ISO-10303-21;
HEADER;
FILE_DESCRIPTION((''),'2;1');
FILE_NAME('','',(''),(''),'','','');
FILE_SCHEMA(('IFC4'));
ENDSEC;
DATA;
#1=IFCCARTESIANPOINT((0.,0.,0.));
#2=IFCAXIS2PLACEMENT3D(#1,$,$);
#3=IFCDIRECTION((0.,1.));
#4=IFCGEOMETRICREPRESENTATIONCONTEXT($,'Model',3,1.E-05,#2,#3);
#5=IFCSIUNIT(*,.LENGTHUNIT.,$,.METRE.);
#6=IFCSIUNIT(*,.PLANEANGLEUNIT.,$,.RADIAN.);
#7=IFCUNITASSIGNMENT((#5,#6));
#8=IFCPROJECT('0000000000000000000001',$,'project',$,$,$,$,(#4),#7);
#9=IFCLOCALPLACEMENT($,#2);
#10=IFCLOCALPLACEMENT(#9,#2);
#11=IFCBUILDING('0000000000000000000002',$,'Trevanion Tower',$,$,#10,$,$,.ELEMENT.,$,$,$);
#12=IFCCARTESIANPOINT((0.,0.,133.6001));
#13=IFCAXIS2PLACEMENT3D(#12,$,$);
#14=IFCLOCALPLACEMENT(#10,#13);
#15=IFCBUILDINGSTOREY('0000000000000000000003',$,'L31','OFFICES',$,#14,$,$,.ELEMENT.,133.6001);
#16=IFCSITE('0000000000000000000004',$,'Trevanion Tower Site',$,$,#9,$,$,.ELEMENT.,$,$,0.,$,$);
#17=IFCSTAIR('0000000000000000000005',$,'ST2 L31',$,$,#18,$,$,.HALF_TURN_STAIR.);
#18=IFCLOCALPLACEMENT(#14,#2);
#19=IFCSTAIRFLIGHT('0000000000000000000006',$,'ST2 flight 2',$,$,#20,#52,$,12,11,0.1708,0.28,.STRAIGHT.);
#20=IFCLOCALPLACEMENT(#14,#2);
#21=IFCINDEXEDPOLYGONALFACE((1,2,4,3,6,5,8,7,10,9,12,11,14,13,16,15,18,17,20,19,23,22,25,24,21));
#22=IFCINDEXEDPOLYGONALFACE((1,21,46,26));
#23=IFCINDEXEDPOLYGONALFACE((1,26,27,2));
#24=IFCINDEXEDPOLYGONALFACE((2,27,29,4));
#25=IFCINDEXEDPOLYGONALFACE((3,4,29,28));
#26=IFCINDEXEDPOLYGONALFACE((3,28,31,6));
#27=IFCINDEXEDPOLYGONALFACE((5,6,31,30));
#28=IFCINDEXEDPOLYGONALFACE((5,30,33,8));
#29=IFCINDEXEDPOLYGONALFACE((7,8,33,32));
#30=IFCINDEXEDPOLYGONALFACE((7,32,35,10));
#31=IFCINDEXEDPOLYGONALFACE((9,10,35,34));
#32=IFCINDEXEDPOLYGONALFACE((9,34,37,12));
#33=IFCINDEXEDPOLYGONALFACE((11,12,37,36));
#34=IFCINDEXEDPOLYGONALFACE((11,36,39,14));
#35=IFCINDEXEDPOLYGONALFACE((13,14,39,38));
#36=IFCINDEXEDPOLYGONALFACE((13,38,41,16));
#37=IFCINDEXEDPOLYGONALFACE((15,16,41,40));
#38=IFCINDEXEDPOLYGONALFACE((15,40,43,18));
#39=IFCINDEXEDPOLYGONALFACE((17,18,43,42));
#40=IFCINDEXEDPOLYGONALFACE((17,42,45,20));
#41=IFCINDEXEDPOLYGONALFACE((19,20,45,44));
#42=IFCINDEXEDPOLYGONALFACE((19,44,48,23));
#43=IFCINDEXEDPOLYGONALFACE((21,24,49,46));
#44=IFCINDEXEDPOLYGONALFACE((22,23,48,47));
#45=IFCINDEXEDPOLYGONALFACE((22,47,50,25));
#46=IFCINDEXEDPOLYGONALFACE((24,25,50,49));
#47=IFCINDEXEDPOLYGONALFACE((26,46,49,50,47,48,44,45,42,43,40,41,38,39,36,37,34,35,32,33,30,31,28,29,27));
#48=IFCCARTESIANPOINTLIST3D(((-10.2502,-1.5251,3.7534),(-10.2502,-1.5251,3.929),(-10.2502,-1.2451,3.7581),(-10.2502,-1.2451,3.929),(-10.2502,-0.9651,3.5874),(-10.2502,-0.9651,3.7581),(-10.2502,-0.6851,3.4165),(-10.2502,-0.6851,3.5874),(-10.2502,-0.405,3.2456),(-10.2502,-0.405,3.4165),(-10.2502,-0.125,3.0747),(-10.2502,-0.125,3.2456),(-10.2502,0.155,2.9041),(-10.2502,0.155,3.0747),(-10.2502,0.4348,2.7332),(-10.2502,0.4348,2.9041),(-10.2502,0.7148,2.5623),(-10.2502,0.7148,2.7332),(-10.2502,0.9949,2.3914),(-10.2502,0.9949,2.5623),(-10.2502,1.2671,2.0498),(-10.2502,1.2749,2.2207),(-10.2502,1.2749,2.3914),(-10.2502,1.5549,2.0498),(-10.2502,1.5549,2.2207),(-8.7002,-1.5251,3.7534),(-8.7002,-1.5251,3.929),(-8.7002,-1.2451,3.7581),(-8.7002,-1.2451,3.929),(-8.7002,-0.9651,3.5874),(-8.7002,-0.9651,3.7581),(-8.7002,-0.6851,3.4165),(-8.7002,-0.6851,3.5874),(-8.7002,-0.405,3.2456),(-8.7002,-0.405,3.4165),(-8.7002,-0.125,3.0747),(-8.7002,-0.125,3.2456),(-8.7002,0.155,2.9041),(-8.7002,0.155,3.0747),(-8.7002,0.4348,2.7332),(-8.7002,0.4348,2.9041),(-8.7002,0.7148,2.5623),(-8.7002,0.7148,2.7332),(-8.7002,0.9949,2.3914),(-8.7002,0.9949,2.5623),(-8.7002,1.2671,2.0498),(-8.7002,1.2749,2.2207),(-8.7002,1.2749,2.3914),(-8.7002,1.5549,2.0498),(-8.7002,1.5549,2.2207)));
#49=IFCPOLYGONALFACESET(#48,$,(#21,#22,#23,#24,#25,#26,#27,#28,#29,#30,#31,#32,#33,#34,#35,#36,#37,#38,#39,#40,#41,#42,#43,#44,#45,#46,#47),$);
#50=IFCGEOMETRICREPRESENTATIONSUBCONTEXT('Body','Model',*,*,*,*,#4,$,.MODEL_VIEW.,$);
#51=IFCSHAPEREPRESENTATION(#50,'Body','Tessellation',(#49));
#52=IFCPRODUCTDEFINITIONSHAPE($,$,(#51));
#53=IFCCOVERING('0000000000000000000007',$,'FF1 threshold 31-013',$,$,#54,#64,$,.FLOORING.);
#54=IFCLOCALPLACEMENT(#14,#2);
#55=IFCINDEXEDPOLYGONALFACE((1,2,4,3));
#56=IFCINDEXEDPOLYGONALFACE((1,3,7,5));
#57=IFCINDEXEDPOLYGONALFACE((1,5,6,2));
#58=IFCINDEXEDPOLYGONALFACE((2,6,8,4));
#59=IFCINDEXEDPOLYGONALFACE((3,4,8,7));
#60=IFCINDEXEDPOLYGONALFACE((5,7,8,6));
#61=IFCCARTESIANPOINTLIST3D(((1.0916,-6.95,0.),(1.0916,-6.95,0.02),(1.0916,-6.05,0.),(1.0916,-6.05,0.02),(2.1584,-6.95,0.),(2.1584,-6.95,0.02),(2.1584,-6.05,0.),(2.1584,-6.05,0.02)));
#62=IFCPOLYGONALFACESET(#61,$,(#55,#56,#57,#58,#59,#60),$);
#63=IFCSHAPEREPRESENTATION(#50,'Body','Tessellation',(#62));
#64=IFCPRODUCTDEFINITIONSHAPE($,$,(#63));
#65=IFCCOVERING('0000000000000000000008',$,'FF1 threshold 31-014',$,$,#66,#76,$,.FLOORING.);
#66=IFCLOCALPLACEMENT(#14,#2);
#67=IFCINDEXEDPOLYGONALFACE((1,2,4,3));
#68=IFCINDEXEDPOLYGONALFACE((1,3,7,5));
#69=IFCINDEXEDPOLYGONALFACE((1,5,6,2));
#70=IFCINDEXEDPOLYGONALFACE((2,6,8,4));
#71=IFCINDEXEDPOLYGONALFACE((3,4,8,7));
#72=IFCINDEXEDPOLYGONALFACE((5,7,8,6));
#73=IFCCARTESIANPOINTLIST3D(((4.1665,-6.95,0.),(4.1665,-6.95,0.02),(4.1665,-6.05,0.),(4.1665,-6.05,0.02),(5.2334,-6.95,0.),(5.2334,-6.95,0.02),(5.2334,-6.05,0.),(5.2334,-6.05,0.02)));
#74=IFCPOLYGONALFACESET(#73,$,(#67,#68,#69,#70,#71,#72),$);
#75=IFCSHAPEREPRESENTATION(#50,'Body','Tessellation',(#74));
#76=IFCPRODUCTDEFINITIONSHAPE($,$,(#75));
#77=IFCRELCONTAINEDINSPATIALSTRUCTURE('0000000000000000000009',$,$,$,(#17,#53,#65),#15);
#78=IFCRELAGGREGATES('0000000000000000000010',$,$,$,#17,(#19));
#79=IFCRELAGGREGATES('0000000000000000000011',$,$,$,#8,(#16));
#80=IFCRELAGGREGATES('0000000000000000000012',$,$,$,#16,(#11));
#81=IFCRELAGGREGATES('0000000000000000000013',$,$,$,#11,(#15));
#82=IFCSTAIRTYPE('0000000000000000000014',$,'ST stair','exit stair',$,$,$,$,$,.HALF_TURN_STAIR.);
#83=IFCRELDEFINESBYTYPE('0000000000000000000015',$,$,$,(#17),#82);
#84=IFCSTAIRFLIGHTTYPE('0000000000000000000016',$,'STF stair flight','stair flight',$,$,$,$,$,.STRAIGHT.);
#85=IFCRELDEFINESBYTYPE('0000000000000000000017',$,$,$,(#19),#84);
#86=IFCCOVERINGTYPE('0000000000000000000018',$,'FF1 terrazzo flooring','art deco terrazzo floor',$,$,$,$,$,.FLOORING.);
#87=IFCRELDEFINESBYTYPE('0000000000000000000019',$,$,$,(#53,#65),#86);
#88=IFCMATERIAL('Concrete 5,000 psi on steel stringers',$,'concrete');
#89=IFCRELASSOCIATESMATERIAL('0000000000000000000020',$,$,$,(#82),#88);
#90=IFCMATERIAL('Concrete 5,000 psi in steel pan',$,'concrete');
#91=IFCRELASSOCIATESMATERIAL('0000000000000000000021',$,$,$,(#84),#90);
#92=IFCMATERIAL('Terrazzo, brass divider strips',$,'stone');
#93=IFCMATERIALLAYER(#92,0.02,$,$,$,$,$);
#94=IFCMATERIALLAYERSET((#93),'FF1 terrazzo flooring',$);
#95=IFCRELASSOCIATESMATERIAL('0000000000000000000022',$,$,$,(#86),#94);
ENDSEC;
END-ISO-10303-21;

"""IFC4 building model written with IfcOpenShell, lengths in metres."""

from ifc_helpers import new_model, si_unit, direction, frame, origin, place, context, subcontext, project, spatial, polyline, outline, extrude, material, layer, layer_set, type_object, element, aggregate, save


model = new_model("IFC4")

# Units and contexts
model_context = context("Model", 3, precision=1e-05, world=origin(), true_north=direction((0.0, 1.0)))
body_context = subcontext(model_context, "Body", "Model", "MODEL_VIEW")
ifc_project = project(units=[si_unit("LENGTHUNIT", "METRE"), si_unit("PLANEANGLEUNIT", "RADIAN")], contexts=[model_context])

# Site, building, storey
site_placement = place(None, origin())
site = spatial("IfcSite", under=ifc_project, at=site_placement, Name="Trevanion Tower Site", CompositionType="ELEMENT", RefElevation=0.0)
building_placement = place(site_placement, origin())
building = spatial("IfcBuilding", under=site, at=building_placement, Name="Trevanion Tower", CompositionType="ELEMENT")
storey_placement = place(building_placement, frame((0.0, 0.0, 133.6001)))
storey = spatial("IfcBuildingStorey", under=building, at=storey_placement, Name="L31", Description="OFFICES", CompositionType="ELEMENT", Elevation=133.6001)

# Shared definitions
ifc_material_1 = material(Name="Concrete 5,000 psi on steel stringers", Category="concrete")
stair_type = type_object("IfcStairType", Name="ST stair", Description="exit stair", PredefinedType="HALF_TURN_STAIR", material=ifc_material_1)

# Stair
stair_1_placement = place(storey_placement, origin())
stair_1 = element("IfcStair", 1, at=stair_1_placement, inside=storey, type_object=stair_type, Name="ST2 L31", PredefinedType="HALF_TURN_STAIR")

# Stair flight
ifc_material_2 = material(Name="Concrete 5,000 psi in steel pan", Category="concrete")
stair_flight_type = type_object("IfcStairFlightType", Name="STF stair flight", Description="stair flight", PredefinedType="STRAIGHT", material=ifc_material_2)
stair_flight_placement = place(storey_placement, frame((-9.4751, 1.5549, 2.0498), z_axis=(0.0, 0.0, 1.0), x_axis=(0.0, -1.0, 0.0)))
stair_flight = element("IfcStairFlight", 2, at=stair_flight_placement, type_object=stair_flight_type, Name="ST2 flight 2", NumberOfRisers=12, NumberOfTreads=11, PredefinedType="STRAIGHT", RiserHeight=0.1708, TreadLength=0.28, context=body_context, shape_type="SweptSolid", body=[
    extrude(outline(polyline([(0.0, 0.0), (0.0, 0.1709), (0.28, 0.1709), (0.28, 0.3416), (0.5601, 0.3416), (0.5601, 0.5125), (0.8401, 0.5125), (0.8401, 0.6833), (1.1201, 0.6833), (1.1201, 0.8542), (1.3999, 0.8542), (1.3999, 1.0249), (1.6799, 1.0249), (1.6799, 1.1958), (1.96, 1.1958), (1.96, 1.3667), (2.24, 1.3667), (2.24, 1.5376), (2.52, 1.5376), (2.52, 1.7083), (2.8, 1.7083), (2.8, 1.8792), (3.0801, 1.8792), (3.0801, 2.05), (3.0801, 1.7036), (0.2878, 0.0), (0.0, 0.0)])), frame((0.0, 0.7749, 0.0), z_axis=(0.0, -1.0, 0.0), x_axis=(1.0, 0.0, 0.0)), (0.0, 0.0, 1.0), 1.55),
])
aggregate(stair_1, [stair_flight])

# Coverings
ifc_material_3 = material(Name="Terrazzo, brass divider strips", Category="stone")
ifc_layer_1 = layer(ifc_material_3, 0.02)
ifc_layer_set_1 = layer_set([ifc_layer_1], Name="FF1 terrazzo flooring")
covering_type = type_object("IfcCoveringType", Name="FF1 terrazzo flooring", Description="art deco terrazzo floor", PredefinedType="FLOORING", material=ifc_layer_set_1)
covering_1_placement = place(storey_placement, origin())
element("IfcCovering", 3, at=covering_1_placement, inside=storey, type_object=covering_type, Name="FF1 threshold 31-013", PredefinedType="FLOORING", context=body_context, shape_type="SweptSolid", body=[
    extrude(outline(polyline([(1.0916, -6.95), (2.1584, -6.95), (2.1584, -6.05), (1.0916, -6.05), (1.0916, -6.95)])), origin(), (0.0, 0.0, 1.0), 0.02),
])
covering_2_placement = place(storey_placement, origin())
element("IfcCovering", 4, at=covering_2_placement, inside=storey, type_object=covering_type, Name="FF1 threshold 31-014", PredefinedType="FLOORING", context=body_context, shape_type="SweptSolid", body=[
    extrude(outline(polyline([(4.1665, -6.95), (5.2334, -6.95), (5.2334, -6.05), (4.1665, -6.05), (4.1665, -6.95)])), origin(), (0.0, 0.0, 1.0), 0.02),
])

save(model, "model.ifc")
